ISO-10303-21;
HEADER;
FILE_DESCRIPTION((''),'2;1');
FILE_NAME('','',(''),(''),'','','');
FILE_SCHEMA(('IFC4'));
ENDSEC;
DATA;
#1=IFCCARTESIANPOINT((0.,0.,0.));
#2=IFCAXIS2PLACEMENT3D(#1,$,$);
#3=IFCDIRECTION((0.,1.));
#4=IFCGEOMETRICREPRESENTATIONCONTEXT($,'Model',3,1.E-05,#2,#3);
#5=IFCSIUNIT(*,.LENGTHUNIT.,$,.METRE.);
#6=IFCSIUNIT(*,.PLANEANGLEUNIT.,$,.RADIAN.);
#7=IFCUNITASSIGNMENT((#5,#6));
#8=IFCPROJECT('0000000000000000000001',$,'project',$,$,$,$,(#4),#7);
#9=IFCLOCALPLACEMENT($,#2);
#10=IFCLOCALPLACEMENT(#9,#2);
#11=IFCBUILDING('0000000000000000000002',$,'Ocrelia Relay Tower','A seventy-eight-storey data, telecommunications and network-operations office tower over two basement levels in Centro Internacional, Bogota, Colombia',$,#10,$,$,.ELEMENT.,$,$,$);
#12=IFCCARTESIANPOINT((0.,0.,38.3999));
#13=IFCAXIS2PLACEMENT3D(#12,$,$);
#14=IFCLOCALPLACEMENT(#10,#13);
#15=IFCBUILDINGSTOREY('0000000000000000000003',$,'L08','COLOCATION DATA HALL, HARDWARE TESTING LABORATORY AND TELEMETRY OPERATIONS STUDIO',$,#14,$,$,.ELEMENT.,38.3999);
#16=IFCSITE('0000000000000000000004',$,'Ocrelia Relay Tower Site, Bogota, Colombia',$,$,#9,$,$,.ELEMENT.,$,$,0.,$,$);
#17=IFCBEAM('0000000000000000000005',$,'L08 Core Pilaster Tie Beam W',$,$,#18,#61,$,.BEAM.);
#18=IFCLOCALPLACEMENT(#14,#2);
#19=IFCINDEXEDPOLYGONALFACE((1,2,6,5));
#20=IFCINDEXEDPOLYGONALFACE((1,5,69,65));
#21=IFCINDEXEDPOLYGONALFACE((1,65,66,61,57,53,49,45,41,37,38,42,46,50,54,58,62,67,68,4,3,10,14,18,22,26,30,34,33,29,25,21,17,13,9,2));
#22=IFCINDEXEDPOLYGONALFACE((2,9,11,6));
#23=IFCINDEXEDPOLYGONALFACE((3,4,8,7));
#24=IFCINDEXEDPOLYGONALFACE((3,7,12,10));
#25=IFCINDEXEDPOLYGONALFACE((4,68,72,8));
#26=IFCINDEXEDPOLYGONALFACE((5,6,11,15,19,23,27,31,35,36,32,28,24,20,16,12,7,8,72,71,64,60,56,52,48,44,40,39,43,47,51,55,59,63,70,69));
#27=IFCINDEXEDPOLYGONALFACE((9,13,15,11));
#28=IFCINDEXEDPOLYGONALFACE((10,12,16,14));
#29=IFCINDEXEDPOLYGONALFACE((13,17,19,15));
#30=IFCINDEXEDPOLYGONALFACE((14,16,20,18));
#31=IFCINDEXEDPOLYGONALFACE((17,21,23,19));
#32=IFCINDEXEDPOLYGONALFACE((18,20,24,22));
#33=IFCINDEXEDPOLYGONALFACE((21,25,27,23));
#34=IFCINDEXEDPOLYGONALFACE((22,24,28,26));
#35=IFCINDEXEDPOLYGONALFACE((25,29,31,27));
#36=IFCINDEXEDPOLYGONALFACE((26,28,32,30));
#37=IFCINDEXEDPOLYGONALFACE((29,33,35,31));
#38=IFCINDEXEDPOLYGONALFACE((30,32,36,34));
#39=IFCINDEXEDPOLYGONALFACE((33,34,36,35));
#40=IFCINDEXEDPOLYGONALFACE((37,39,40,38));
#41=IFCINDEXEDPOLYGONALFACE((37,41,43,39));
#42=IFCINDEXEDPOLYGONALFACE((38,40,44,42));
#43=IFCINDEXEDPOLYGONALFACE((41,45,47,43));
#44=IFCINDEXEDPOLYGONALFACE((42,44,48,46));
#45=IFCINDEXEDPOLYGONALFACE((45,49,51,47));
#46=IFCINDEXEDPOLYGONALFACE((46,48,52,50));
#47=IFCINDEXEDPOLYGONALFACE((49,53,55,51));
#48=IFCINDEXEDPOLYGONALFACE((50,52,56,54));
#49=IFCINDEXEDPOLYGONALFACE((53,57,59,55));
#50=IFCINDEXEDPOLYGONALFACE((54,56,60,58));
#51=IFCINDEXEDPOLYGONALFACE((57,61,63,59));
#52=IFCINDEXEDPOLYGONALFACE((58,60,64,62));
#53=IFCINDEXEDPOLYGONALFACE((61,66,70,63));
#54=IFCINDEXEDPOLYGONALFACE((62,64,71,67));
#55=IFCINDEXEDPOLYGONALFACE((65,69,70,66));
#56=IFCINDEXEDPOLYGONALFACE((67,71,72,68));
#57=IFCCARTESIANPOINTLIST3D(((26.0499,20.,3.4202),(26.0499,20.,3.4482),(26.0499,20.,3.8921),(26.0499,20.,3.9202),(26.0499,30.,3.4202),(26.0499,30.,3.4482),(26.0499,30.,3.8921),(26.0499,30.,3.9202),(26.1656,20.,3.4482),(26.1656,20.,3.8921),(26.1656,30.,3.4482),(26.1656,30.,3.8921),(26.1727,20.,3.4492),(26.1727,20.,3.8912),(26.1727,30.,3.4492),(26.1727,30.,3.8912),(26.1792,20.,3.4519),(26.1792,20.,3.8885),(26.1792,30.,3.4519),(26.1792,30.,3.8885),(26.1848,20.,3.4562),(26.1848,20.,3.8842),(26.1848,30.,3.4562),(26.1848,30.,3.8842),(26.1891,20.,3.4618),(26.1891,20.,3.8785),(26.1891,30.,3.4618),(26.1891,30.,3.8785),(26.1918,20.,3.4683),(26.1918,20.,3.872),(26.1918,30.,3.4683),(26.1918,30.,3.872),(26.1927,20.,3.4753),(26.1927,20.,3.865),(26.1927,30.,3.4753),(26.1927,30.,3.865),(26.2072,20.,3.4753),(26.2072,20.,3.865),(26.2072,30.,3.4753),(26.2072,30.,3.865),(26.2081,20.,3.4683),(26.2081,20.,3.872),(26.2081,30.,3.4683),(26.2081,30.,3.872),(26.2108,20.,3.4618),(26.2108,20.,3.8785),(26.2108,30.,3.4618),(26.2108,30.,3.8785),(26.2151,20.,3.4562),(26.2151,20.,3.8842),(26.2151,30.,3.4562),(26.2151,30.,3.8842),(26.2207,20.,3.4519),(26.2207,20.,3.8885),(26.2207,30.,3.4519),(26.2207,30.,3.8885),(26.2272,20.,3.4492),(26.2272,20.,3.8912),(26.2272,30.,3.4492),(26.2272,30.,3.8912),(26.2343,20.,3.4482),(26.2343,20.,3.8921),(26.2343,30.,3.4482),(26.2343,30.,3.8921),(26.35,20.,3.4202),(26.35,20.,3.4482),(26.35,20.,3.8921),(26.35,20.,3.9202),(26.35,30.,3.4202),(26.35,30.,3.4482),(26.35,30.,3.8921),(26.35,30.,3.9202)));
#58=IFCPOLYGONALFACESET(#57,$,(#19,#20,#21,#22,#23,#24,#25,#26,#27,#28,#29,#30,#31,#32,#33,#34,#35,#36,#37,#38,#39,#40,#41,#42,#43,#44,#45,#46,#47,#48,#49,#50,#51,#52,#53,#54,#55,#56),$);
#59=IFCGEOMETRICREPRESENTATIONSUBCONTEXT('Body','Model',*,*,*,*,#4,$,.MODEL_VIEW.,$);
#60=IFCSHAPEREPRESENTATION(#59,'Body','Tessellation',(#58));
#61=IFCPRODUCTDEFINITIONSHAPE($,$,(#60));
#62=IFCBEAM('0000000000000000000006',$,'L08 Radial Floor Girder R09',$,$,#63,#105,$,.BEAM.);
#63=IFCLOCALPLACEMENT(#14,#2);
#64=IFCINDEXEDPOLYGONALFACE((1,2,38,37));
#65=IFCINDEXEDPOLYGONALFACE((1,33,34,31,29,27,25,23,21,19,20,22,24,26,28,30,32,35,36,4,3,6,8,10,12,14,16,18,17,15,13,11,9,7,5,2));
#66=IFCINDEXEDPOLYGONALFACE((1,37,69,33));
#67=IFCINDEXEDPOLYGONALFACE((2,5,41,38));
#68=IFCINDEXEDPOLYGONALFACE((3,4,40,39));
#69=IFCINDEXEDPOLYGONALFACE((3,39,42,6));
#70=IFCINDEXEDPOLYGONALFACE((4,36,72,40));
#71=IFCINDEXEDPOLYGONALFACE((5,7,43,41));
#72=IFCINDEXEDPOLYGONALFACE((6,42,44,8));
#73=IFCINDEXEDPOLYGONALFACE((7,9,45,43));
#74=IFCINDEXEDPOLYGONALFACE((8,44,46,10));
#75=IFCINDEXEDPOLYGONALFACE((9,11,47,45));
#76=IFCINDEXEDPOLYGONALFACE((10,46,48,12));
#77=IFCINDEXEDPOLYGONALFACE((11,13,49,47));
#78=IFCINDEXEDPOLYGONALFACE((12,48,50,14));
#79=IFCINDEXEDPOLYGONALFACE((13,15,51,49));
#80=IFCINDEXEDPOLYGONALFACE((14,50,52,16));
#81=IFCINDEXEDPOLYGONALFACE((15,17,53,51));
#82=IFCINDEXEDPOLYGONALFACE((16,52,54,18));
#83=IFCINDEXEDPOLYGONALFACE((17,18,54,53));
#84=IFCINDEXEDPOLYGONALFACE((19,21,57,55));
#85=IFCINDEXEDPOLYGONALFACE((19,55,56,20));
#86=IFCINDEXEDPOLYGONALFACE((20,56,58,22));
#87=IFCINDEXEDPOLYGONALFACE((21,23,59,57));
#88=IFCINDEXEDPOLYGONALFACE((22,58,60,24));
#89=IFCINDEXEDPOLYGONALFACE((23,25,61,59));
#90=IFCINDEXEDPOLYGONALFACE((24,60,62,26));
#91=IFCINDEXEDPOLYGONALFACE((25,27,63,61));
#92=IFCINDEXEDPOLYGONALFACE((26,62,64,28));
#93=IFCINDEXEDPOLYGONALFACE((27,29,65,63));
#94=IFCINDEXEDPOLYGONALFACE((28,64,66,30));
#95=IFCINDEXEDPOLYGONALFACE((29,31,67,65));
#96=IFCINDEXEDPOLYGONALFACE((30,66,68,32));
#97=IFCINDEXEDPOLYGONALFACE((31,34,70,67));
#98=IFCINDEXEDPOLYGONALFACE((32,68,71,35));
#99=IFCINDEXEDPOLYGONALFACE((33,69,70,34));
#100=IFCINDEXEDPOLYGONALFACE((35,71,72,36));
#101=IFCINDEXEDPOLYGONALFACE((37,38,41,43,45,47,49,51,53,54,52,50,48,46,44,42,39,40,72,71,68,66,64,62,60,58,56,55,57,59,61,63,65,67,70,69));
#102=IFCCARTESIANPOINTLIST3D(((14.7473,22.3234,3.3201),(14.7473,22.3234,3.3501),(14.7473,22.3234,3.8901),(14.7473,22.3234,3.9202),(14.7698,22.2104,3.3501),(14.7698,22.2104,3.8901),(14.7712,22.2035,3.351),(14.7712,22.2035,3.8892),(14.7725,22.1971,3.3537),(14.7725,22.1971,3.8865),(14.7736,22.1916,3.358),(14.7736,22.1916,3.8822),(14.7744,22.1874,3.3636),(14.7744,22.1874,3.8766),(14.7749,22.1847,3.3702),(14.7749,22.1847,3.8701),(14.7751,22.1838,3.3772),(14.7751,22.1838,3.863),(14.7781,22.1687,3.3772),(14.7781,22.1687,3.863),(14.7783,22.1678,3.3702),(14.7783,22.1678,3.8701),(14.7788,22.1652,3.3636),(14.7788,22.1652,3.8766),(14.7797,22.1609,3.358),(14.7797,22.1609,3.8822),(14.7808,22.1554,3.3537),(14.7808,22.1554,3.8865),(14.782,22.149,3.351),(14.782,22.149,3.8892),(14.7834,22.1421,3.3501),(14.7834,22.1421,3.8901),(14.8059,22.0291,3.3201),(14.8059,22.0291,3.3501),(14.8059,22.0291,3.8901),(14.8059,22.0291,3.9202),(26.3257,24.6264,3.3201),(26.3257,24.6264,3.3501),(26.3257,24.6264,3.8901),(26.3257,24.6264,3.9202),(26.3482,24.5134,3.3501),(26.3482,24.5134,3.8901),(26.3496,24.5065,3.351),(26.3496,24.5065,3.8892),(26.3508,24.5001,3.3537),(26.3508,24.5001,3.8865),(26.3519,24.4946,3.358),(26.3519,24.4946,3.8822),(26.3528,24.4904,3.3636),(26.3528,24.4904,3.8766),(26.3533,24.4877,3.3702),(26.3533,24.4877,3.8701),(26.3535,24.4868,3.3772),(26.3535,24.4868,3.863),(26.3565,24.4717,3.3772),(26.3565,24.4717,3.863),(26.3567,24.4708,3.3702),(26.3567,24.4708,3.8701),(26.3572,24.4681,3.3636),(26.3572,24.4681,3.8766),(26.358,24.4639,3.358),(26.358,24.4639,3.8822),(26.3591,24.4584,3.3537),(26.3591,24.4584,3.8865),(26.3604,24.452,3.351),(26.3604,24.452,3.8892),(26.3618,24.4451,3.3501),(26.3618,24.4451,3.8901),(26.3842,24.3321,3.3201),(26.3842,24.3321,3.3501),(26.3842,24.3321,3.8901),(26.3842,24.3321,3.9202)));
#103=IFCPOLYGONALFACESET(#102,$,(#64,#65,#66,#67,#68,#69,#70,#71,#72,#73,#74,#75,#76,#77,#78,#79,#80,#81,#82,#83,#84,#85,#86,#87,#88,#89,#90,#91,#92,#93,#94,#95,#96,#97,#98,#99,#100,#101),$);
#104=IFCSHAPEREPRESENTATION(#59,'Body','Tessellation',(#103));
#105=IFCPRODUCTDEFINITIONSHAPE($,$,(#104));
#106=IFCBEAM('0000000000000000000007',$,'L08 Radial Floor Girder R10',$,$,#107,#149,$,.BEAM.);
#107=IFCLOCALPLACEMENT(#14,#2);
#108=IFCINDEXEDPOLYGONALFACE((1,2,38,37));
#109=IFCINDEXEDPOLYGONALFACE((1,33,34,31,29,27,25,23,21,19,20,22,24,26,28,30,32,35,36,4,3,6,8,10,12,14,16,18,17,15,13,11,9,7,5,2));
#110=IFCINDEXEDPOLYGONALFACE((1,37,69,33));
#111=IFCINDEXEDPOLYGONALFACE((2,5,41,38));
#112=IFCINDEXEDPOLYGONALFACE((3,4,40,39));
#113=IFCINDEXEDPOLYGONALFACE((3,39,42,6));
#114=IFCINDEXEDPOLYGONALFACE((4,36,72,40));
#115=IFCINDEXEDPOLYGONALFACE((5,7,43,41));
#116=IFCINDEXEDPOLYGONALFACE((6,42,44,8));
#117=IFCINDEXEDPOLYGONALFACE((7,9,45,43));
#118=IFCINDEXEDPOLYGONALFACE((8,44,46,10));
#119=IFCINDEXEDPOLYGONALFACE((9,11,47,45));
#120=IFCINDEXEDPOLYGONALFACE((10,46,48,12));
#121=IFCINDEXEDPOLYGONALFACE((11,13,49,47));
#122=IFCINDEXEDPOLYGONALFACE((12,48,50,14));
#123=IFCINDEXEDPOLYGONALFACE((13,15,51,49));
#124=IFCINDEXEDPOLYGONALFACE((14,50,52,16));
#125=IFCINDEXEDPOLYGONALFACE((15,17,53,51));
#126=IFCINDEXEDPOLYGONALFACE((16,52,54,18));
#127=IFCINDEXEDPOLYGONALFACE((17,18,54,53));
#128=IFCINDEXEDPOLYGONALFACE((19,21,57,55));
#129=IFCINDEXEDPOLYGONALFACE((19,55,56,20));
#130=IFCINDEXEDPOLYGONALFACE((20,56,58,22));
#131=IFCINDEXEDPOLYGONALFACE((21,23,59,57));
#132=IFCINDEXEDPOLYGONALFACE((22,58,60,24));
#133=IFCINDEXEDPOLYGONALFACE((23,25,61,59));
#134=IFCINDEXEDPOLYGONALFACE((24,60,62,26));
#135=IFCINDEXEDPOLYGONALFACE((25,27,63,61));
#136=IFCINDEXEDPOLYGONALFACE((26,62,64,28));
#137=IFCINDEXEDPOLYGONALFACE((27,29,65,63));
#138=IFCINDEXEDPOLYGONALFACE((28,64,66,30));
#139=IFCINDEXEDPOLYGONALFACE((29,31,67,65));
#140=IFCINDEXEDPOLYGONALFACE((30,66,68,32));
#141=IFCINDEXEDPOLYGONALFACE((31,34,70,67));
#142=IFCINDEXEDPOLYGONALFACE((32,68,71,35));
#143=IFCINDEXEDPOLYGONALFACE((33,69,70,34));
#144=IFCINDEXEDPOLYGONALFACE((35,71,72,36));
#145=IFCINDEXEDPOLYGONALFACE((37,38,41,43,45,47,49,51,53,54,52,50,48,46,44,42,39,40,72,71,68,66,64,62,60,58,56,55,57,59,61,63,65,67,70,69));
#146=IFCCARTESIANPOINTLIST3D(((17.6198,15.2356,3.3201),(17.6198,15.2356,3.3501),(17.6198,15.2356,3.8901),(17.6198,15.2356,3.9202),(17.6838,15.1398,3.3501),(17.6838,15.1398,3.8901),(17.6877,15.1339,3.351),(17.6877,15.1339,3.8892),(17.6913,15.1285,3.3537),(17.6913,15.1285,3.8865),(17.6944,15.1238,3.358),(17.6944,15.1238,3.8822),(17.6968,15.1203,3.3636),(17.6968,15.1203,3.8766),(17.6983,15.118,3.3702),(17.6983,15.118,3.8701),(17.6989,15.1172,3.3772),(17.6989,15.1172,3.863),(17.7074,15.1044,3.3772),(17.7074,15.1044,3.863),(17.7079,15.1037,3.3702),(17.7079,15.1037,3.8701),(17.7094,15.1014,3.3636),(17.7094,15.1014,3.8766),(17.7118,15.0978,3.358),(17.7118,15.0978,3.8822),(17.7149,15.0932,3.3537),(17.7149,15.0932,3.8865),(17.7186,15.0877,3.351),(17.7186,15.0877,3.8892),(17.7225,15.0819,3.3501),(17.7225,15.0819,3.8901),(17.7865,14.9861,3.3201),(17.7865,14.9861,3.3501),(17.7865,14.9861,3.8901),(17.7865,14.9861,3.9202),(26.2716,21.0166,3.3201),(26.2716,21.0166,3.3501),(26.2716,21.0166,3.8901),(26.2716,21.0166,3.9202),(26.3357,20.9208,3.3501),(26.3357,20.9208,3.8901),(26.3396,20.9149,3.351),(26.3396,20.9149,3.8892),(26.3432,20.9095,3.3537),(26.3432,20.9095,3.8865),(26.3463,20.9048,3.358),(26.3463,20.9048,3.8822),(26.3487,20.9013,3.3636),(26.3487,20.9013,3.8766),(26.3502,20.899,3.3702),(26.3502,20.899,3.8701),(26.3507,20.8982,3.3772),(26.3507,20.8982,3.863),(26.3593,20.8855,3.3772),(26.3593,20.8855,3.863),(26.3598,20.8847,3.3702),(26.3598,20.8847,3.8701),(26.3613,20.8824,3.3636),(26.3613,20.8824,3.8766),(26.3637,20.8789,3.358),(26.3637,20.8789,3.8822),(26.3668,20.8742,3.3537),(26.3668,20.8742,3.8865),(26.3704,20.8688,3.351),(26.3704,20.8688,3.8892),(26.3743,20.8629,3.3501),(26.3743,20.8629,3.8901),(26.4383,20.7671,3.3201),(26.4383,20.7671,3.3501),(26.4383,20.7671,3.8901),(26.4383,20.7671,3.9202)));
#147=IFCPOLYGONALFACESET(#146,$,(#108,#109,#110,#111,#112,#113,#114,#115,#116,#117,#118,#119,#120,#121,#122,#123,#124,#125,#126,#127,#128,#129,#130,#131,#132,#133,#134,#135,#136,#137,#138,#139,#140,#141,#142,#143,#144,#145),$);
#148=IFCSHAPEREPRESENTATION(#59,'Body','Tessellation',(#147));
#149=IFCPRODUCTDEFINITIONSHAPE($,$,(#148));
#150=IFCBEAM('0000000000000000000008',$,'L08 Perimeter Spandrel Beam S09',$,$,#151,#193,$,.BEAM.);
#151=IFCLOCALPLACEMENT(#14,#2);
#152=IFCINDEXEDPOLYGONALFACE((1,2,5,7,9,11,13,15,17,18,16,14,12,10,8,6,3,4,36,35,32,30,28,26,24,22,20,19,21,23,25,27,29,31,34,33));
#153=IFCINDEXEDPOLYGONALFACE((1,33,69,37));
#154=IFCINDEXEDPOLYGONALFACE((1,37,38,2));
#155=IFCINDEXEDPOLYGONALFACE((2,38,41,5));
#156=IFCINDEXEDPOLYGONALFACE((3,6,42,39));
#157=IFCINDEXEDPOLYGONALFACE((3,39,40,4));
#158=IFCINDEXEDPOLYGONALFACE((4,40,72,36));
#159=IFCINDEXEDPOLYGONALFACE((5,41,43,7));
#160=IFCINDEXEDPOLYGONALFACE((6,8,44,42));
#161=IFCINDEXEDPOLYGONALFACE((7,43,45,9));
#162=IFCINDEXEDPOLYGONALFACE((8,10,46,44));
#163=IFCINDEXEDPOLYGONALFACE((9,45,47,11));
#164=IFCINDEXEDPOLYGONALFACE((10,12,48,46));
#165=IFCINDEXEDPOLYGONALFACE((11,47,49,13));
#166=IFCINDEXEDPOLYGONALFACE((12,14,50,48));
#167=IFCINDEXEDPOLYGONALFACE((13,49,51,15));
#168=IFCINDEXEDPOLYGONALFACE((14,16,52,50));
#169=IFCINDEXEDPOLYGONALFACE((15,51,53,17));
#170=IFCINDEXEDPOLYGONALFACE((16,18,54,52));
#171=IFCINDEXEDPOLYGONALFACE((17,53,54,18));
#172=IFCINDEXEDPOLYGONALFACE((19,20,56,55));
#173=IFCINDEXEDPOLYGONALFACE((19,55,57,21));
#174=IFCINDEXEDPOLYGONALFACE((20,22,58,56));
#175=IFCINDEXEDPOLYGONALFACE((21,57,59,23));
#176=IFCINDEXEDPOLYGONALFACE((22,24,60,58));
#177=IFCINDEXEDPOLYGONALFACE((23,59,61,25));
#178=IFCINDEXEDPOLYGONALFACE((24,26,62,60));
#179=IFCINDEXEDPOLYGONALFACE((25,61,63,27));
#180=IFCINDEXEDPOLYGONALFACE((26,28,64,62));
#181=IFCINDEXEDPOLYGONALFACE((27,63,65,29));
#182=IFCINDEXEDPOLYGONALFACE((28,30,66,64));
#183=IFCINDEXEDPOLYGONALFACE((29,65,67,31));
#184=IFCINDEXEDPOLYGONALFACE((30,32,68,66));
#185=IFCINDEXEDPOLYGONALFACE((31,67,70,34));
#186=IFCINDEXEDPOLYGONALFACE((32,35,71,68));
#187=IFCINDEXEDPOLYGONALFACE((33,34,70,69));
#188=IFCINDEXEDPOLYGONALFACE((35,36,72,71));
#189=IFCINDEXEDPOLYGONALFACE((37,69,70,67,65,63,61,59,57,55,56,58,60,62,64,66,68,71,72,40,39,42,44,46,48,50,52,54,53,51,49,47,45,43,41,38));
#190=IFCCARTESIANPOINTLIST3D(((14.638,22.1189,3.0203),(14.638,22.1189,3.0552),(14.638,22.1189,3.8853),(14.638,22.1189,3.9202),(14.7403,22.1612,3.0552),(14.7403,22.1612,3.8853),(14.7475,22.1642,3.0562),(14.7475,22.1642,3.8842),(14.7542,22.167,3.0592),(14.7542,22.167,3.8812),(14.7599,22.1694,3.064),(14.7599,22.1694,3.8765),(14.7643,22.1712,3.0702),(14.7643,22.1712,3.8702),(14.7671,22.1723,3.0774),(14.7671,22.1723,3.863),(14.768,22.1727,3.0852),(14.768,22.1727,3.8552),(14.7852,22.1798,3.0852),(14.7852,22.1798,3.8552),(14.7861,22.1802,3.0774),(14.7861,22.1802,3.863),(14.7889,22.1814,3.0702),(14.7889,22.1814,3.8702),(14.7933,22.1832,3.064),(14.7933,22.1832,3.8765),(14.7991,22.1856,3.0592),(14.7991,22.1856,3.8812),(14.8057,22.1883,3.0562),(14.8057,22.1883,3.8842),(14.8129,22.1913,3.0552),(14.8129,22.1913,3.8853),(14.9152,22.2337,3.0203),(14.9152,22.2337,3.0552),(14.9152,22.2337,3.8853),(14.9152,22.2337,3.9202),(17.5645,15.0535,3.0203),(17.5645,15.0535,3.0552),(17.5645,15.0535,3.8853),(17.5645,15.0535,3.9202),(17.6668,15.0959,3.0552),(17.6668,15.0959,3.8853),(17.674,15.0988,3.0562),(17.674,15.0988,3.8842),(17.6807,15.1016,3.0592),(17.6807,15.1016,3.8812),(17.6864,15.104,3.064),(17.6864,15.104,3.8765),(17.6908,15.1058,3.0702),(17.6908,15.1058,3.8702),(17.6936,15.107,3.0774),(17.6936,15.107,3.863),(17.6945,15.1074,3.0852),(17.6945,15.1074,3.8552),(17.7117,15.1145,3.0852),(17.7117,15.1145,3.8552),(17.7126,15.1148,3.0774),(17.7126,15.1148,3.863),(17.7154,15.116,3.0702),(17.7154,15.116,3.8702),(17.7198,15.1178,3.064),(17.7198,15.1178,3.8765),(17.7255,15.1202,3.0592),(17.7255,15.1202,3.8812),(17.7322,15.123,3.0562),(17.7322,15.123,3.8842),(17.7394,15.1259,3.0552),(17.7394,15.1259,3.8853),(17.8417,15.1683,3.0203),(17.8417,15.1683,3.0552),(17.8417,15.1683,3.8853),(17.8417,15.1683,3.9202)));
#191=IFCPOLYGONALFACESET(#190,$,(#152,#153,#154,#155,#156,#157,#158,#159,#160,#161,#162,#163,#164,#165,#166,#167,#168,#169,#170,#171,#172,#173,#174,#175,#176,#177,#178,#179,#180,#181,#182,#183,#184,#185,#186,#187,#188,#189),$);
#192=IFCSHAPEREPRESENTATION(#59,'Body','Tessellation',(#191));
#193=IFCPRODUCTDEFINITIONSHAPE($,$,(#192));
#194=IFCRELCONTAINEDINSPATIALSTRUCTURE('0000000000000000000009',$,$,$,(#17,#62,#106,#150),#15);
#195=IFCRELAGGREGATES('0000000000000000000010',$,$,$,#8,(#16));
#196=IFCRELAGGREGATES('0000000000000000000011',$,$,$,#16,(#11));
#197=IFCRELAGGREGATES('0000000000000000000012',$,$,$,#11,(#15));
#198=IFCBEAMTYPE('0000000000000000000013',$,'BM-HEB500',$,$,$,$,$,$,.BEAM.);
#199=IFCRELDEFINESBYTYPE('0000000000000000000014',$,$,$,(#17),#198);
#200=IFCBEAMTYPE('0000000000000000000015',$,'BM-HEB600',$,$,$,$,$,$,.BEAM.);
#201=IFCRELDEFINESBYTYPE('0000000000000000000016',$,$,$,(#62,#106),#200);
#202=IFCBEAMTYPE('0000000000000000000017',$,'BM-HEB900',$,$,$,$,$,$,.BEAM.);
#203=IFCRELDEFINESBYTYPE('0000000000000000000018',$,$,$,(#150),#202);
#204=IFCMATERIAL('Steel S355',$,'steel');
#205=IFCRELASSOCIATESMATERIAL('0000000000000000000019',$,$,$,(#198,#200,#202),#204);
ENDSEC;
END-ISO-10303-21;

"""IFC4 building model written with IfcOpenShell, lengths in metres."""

from ifc_helpers import new_model, si_unit, direction, frame, origin, origin_2d, place, context, subcontext, project, spatial, i_section, extrude, material, material_profile, profile_set, type_object, element, save


model = new_model("IFC4")

# Units and contexts
model_context = context("Model", 3, precision=1e-05, world=origin(), true_north=direction((0.0, 1.0)))
body_context = subcontext(model_context, "Body", "Model", "MODEL_VIEW")
ifc_project = project(units=[si_unit("LENGTHUNIT", "METRE"), si_unit("PLANEANGLEUNIT", "RADIAN")], contexts=[model_context])

# Site, building, storey
site_placement = place(None, origin())
site = spatial("IfcSite", under=ifc_project, at=site_placement, Name="Ocrelia Relay Tower Site, Bogota, Colombia", CompositionType="ELEMENT", RefElevation=0.0)
building_placement = place(site_placement, origin())
building = spatial("IfcBuilding", under=site, at=building_placement, Name="Ocrelia Relay Tower", Description="A seventy-eight-storey data, telecommunications and network-operations office tower over two basement levels in Centro Internacional, Bogota, Colombia", CompositionType="ELEMENT")
storey_placement = place(building_placement, frame((0.0, 0.0, 38.3999)))
storey = spatial("IfcBuildingStorey", under=building, at=storey_placement, Name="L08", Description="COLOCATION DATA HALL, HARDWARE TESTING LABORATORY AND TELEMETRY OPERATIONS STUDIO", CompositionType="ELEMENT", Elevation=38.3999)

# Beams
ifc_material_1 = material(Name="Steel S355", Category="steel")
ifc_material_profile_1 = material_profile(ifc_material_1, i_section(OverallWidth=0.3, OverallDepth=0.5, WebThickness=0.0144, FlangeThickness=0.0281, FilletRadius=0.0271, at=origin_2d()), Name="HEB 500")
ifc_profile_set_1 = profile_set([ifc_material_profile_1], Name="Steel S355")
beam_type_1 = type_object("IfcBeamType", Name="BM-HEB500", PredefinedType="BEAM", material=ifc_profile_set_1)
beam_1_placement = place(storey_placement, frame((26.2, 20.0, 3.6702), z_axis=(0.0, 1.0, 0.0), x_axis=(-1.0, 0.0, 0.0)))
element("IfcBeam", 1, at=beam_1_placement, inside=storey, type_object=beam_type_1, Name="L08 Core Pilaster Tie Beam W", PredefinedType="BEAM", context=body_context, shape_type="SweptSolid", body=[
    extrude(i_section(OverallWidth=0.3, OverallDepth=0.5, WebThickness=0.0144, FlangeThickness=0.0281, FilletRadius=0.0271, at=origin_2d()), origin(), (0.0, 0.0, 1.0), 10.0),
])
ifc_material_profile_2 = material_profile(ifc_material_1, i_section(OverallWidth=0.3, OverallDepth=0.6001, WebThickness=0.0154, FlangeThickness=0.03, FilletRadius=0.0271, at=origin_2d()), Name="HEB 600")
ifc_profile_set_2 = profile_set([ifc_material_profile_2], Name="Steel S355")
beam_type_2 = type_object("IfcBeamType", Name="BM-HEB600", PredefinedType="BEAM", material=ifc_profile_set_2)
beam_2_placement = place(storey_placement, frame((14.7766, 22.1763, 3.6201), z_axis=(0.980787, 0.195082, 0.0), x_axis=(-0.195082, 0.980787, 0.0)))
element("IfcBeam", 2, at=beam_2_placement, inside=storey, type_object=beam_type_2, Name="L08 Radial Floor Girder R09", PredefinedType="BEAM", context=body_context, shape_type="SweptSolid", body=[
    extrude(i_section(OverallWidth=0.3, OverallDepth=0.6001, WebThickness=0.0154, FlangeThickness=0.03, FilletRadius=0.0271, at=origin_2d()), origin(), (0.0, 0.0, 1.0), 11.8052),
])
beam_3_placement = place(storey_placement, frame((17.7031, 15.1108, 3.6201), z_axis=(0.831469, 0.555572, 0.0), x_axis=(-0.555572, 0.831469, 0.0)))
element("IfcBeam", 3, at=beam_3_placement, inside=storey, type_object=beam_type_2, Name="L08 Radial Floor Girder R10", PredefinedType="BEAM", context=body_context, shape_type="SweptSolid", body=[
    extrude(i_section(OverallWidth=0.3, OverallDepth=0.6001, WebThickness=0.0154, FlangeThickness=0.03, FilletRadius=0.0271, at=origin_2d()), origin(), (0.0, 0.0, 1.0), 10.4055),
])
ifc_material_profile_3 = material_profile(ifc_material_1, i_section(OverallWidth=0.3, OverallDepth=0.8999, WebThickness=0.0186, FlangeThickness=0.0349, FilletRadius=0.03, at=origin_2d()), Name="HEB 900")
ifc_profile_set_3 = profile_set([ifc_material_profile_3], Name="Steel S355")
beam_type_3 = type_object("IfcBeamType", Name="BM-HEB900", PredefinedType="BEAM", material=ifc_profile_set_3)
beam_4_placement = place(storey_placement, frame((14.7766, 22.1763, 3.4702), z_axis=(0.382674, -0.923883, 0.0), x_axis=(0.923883, 0.382674, 0.0)))
element("IfcBeam", 4, at=beam_4_placement, inside=storey, type_object=beam_type_3, Name="L08 Perimeter Spandrel Beam S09", PredefinedType="BEAM", context=body_context, shape_type="SweptSolid", body=[
    extrude(i_section(OverallWidth=0.3, OverallDepth=0.8999, WebThickness=0.0186, FlangeThickness=0.0349, FilletRadius=0.03, at=origin_2d()), origin(), (0.0, 0.0, 1.0), 7.6475),
])

save(model, "model.ifc")
